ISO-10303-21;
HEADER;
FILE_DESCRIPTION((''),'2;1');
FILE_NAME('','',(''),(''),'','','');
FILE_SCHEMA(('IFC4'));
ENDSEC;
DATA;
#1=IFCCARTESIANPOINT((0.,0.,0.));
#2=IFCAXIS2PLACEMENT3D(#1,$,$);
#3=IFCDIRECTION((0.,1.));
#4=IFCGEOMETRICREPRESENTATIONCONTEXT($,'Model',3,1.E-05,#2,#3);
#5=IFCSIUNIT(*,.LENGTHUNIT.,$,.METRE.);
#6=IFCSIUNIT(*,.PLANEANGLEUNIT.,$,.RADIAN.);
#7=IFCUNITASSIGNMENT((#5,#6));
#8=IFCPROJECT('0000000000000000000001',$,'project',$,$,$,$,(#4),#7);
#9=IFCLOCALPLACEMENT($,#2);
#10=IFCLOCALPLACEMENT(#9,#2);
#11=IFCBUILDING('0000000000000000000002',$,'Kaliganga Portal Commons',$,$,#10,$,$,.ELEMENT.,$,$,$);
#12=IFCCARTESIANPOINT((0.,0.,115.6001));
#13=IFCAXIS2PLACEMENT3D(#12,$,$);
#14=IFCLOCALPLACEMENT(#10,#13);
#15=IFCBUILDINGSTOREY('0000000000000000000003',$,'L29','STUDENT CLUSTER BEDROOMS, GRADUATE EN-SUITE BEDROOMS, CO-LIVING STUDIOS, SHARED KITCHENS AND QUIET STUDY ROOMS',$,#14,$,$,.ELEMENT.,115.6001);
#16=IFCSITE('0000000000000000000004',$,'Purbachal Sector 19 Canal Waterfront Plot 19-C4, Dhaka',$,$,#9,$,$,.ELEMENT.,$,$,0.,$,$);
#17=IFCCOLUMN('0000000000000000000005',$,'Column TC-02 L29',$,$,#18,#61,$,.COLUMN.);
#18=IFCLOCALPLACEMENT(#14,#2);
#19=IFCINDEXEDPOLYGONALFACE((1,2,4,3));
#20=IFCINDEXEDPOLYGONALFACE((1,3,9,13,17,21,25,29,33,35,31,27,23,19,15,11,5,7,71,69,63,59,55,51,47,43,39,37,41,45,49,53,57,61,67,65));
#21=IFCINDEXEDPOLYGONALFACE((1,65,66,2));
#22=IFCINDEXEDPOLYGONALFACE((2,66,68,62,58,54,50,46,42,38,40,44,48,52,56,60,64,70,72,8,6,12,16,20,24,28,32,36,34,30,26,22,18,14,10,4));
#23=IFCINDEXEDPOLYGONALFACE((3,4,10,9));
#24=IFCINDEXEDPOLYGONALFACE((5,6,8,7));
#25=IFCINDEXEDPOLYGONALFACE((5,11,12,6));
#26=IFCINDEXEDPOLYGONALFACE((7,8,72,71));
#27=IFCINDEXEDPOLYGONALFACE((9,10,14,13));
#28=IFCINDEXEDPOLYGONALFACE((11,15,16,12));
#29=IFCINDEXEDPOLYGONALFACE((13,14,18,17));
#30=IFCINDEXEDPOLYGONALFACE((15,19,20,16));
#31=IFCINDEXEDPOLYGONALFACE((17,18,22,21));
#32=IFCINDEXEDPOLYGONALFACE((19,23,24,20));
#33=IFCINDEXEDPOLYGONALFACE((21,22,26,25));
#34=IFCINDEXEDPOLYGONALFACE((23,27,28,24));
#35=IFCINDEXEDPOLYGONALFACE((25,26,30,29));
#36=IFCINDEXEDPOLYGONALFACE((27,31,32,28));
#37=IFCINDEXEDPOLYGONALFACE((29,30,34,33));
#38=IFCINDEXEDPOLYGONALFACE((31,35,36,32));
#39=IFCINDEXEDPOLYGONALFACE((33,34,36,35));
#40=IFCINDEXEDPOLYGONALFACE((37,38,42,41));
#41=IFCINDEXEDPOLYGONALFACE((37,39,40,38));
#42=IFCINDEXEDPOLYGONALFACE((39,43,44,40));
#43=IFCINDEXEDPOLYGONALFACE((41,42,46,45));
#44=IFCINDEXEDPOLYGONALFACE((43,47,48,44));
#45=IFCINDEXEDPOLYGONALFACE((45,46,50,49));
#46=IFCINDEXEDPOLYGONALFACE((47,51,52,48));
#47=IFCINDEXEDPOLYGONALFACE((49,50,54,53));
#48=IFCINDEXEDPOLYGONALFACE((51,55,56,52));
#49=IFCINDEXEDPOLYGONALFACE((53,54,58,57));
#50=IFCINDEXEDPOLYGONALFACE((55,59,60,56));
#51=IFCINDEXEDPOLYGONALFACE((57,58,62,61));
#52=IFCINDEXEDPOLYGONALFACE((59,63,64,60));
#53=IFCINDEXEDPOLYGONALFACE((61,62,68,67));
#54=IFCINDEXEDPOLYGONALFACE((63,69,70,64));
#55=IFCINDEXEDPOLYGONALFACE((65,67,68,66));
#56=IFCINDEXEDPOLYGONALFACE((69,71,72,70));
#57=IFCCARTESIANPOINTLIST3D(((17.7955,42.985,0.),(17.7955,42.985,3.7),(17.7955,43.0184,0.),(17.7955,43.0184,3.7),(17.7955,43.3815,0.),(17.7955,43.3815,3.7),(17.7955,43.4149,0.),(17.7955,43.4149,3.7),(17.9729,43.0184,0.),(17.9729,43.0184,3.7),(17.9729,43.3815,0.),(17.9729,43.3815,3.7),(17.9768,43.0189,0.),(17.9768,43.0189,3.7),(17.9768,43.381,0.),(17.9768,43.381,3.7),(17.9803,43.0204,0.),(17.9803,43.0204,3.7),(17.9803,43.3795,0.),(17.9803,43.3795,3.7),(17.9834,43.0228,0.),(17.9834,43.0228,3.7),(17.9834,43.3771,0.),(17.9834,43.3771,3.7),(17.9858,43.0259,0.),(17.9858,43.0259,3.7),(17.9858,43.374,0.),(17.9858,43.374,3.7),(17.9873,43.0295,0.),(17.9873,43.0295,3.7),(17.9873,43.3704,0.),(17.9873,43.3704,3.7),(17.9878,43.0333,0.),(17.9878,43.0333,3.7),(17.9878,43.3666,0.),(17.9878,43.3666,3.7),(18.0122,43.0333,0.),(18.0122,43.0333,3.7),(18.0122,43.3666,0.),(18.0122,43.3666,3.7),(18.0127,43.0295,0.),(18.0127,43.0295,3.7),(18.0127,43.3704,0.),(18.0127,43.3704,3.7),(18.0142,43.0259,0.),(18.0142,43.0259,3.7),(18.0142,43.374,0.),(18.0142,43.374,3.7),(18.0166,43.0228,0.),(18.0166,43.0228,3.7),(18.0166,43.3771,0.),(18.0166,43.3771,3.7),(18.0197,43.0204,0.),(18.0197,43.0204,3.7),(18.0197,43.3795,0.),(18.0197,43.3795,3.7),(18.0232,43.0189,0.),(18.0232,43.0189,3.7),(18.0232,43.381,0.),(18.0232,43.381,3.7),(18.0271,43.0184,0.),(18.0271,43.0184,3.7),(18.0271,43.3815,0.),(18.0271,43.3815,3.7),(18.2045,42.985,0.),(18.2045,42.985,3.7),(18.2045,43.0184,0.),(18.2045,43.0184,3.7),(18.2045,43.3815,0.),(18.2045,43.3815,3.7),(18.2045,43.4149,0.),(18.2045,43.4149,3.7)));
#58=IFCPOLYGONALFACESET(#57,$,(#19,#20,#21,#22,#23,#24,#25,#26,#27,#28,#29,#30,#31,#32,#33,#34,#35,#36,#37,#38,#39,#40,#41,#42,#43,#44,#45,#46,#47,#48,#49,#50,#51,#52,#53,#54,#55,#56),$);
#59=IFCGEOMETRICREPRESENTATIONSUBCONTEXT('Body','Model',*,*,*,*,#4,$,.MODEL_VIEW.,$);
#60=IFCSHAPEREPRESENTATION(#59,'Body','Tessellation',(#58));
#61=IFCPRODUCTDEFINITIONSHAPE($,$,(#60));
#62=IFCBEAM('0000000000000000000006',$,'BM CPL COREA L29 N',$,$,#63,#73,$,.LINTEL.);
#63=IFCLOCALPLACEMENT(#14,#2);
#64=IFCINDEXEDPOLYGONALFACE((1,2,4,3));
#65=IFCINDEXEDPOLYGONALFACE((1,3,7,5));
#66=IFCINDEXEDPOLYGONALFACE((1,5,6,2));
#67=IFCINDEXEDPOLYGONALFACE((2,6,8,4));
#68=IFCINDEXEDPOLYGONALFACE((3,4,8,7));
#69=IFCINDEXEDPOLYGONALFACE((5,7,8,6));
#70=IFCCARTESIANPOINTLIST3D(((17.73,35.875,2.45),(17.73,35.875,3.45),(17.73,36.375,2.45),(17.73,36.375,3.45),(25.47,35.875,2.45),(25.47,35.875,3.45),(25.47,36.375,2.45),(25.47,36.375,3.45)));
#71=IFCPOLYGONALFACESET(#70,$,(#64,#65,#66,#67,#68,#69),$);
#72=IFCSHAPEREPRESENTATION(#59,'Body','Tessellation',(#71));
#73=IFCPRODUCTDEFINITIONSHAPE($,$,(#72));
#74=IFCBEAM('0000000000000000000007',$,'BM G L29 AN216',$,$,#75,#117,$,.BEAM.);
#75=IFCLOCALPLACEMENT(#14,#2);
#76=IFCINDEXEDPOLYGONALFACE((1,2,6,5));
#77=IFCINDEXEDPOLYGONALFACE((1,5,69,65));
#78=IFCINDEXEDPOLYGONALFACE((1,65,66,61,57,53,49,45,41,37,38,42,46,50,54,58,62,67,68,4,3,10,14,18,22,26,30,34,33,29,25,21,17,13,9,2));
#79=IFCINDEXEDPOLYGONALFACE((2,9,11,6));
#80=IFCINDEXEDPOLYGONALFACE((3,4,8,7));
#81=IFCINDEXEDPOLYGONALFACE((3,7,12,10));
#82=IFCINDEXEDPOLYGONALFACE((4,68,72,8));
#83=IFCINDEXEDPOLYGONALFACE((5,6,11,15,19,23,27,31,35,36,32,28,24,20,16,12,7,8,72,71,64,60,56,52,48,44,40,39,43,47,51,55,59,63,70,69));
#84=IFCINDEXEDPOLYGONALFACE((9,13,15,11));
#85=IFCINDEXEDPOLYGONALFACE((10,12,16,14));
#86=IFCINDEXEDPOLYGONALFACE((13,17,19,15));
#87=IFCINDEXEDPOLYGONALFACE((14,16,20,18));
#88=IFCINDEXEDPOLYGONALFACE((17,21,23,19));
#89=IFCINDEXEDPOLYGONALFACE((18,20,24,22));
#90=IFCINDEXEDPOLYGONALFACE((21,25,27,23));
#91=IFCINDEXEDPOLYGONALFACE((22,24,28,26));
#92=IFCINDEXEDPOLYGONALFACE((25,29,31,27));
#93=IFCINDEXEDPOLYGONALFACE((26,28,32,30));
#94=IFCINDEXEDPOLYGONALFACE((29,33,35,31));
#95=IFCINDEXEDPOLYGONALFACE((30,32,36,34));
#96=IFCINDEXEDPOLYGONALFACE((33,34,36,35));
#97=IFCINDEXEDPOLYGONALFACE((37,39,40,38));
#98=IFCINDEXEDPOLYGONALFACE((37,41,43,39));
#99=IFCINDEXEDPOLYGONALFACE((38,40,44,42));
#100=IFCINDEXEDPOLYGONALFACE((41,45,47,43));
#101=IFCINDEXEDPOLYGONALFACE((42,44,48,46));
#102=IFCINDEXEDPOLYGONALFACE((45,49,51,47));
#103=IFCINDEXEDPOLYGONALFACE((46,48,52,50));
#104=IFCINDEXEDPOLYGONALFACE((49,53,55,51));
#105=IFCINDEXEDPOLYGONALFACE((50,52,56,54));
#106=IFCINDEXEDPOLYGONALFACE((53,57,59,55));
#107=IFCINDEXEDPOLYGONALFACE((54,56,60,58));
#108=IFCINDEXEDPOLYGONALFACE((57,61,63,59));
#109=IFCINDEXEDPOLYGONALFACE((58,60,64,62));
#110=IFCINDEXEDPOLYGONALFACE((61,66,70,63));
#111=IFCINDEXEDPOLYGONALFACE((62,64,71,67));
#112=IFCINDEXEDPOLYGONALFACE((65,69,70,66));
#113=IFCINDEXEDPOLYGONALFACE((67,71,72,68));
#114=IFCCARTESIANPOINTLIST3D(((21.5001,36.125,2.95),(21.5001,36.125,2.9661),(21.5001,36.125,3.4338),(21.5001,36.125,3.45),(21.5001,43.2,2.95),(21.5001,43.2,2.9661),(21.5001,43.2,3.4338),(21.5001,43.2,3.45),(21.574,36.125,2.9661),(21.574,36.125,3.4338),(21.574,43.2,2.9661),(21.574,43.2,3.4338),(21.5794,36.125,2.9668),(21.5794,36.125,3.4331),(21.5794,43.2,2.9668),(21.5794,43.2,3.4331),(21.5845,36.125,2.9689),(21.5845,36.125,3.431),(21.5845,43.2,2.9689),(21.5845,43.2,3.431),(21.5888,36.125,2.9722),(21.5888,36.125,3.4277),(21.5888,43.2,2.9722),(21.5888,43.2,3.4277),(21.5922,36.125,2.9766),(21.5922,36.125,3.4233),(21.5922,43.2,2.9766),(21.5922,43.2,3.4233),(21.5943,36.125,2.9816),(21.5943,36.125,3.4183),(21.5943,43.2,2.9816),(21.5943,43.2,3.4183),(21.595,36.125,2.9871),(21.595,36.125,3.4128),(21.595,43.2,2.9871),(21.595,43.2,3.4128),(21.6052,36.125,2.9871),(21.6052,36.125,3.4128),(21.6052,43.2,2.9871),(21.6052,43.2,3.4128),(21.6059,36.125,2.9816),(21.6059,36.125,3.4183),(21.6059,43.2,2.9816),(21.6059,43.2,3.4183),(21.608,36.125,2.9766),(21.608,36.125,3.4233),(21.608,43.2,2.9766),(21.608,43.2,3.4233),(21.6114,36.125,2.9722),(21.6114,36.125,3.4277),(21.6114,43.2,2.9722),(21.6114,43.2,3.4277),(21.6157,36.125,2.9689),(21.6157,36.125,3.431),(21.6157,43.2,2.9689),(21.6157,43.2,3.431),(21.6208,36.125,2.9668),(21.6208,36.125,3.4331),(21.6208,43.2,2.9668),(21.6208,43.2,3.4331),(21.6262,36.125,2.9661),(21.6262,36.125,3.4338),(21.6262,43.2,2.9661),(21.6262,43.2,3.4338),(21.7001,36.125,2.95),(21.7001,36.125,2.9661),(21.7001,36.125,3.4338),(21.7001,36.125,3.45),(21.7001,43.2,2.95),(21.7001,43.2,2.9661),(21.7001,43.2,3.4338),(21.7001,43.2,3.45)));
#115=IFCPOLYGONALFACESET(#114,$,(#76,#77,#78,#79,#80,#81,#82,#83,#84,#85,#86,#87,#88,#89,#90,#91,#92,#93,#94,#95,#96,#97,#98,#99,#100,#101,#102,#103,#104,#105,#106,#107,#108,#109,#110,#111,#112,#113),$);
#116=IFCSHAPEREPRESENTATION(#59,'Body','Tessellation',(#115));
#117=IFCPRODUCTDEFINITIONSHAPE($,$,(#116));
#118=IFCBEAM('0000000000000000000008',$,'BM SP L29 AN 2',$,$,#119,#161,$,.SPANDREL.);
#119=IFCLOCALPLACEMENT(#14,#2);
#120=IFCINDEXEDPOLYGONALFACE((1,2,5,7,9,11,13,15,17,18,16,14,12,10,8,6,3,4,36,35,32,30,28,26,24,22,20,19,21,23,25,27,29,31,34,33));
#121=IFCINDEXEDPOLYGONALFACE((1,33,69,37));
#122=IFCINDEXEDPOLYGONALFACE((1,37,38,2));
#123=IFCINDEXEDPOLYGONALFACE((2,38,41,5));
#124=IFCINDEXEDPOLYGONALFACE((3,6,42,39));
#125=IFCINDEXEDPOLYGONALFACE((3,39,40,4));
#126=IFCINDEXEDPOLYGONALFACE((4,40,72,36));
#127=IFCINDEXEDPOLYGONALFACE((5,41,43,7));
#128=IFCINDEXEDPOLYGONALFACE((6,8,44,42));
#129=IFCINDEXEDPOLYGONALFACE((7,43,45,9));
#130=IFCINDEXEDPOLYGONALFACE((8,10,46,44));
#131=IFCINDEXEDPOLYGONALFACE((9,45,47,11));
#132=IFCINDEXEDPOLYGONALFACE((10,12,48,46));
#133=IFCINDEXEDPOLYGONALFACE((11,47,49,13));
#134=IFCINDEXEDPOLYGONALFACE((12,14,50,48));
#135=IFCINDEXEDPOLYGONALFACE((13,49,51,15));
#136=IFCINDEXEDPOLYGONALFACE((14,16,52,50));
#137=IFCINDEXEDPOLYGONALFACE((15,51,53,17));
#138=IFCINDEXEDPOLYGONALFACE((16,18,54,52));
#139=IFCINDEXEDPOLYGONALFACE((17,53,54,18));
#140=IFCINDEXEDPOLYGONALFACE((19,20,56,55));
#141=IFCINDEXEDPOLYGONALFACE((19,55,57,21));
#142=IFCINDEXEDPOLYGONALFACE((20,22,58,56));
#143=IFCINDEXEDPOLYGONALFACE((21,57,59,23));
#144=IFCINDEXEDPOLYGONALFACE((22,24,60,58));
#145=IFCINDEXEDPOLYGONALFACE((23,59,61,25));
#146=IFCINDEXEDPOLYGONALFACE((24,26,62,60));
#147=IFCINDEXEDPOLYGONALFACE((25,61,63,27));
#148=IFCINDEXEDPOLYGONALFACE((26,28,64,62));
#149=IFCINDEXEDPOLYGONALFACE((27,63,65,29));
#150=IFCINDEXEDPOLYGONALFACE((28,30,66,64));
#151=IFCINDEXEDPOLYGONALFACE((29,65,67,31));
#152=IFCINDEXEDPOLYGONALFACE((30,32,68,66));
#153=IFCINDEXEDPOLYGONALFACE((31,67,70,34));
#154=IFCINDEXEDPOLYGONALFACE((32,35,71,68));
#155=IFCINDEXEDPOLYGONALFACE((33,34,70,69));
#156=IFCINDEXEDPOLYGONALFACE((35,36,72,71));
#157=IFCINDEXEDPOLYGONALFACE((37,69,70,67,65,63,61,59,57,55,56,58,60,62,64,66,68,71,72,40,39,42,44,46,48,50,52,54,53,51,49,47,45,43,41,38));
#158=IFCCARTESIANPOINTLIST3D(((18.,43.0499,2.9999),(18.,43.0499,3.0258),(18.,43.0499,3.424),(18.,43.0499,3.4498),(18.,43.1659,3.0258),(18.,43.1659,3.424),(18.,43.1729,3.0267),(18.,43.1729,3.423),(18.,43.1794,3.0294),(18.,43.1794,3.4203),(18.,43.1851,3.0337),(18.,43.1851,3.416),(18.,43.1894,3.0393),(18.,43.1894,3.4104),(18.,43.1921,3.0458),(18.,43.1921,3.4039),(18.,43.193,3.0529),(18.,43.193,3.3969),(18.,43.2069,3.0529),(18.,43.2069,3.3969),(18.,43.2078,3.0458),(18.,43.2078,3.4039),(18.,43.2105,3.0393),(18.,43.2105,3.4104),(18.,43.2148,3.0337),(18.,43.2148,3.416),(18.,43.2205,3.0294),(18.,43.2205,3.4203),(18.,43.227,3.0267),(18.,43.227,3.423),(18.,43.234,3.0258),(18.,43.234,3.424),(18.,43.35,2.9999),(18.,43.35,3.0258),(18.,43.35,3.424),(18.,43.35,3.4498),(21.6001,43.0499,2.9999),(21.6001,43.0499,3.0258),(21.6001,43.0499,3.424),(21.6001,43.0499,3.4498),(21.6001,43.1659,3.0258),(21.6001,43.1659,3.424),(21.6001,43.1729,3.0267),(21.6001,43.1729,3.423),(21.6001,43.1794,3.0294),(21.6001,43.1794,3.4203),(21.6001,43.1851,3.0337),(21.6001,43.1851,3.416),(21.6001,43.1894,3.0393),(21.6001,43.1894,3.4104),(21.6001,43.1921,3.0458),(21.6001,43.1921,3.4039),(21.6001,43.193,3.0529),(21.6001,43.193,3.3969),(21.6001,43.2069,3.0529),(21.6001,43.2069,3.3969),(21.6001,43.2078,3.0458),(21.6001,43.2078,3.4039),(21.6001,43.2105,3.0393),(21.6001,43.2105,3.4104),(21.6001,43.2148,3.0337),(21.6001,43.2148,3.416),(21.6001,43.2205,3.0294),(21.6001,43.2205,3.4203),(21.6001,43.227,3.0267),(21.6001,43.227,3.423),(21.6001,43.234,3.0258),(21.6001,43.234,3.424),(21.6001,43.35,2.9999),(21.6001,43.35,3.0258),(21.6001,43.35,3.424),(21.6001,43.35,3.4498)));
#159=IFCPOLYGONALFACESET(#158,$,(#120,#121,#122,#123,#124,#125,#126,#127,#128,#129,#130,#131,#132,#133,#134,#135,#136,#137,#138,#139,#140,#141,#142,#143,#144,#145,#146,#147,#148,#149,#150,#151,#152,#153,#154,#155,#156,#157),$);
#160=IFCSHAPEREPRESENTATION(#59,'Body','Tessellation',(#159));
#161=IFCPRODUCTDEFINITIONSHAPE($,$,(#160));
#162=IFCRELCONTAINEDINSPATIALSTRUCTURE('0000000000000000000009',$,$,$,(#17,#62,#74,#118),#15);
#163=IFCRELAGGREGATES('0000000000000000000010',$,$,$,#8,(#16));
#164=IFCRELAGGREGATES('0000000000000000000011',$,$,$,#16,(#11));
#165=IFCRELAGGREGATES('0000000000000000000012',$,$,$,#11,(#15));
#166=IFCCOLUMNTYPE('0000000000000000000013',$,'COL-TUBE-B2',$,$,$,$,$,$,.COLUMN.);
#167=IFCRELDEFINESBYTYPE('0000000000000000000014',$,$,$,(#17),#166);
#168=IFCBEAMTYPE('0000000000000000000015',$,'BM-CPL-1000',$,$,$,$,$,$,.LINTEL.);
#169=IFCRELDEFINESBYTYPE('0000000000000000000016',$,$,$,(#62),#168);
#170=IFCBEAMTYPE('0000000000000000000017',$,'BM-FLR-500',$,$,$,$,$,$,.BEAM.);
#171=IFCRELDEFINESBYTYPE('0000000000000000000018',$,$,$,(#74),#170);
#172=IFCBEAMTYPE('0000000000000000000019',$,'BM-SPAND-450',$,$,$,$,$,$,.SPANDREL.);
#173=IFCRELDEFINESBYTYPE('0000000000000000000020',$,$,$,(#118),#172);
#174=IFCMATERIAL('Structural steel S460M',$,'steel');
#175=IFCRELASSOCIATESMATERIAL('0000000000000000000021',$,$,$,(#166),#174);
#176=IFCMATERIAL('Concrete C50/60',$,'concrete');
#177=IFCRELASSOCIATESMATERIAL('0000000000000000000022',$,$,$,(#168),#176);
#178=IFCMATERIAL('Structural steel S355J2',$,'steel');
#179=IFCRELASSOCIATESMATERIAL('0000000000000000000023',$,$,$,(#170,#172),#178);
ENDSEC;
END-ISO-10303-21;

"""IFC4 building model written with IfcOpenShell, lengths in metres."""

from ifc_helpers import new_model, si_unit, direction, frame, origin, origin_2d, place, context, subcontext, project, spatial, rectangle, i_section, extrude, source, transform, mapped, material, material_profile, profile_set, type_object, element, save


model = new_model("IFC4")

# Units and contexts
model_context = context("Model", 3, precision=1e-05, world=origin(), true_north=direction((0.0, 1.0)))
body_context = subcontext(model_context, "Body", "Model", "MODEL_VIEW")
ifc_project = project(units=[si_unit("LENGTHUNIT", "METRE"), si_unit("PLANEANGLEUNIT", "RADIAN")], contexts=[model_context])

# Site, building, storey
site_placement = place(None, origin())
site = spatial("IfcSite", under=ifc_project, at=site_placement, Name="Purbachal Sector 19 Canal Waterfront Plot 19-C4, Dhaka", CompositionType="ELEMENT", RefElevation=0.0)
building_placement = place(site_placement, origin())
building = spatial("IfcBuilding", under=site, at=building_placement, Name="Kaliganga Portal Commons", CompositionType="ELEMENT")
storey_placement = place(building_placement, frame((0.0, 0.0, 115.6001)))
storey = spatial("IfcBuildingStorey", under=building, at=storey_placement, Name="L29", Description="STUDENT CLUSTER BEDROOMS, GRADUATE EN-SUITE BEDROOMS, CO-LIVING STUDIOS, SHARED KITCHENS AND QUIET STUDY ROOMS", CompositionType="ELEMENT", Elevation=115.6001)

# Column
ifc_material_1 = material(Name="Structural steel S460M", Category="steel")
ifc_material_profile_1 = material_profile(ifc_material_1, i_section(OverallWidth=0.4089, OverallDepth=0.4299, WebThickness=0.0244, FlangeThickness=0.0334, FilletRadius=0.0149, at=origin_2d()), Name="HD 400x421")
ifc_profile_set_1 = profile_set([ifc_material_profile_1], Name="Structural steel S460M wide-flange")
column_type = type_object("IfcColumnType", Name="COL-TUBE-B2", PredefinedType="COLUMN", material=ifc_profile_set_1)
shared_shape_1 = source(origin(), body_context, "Body", "SweptSolid", [
    extrude(i_section(OverallWidth=0.4089, OverallDepth=0.4299, WebThickness=0.0244, FlangeThickness=0.0334, FilletRadius=0.0149, at=origin_2d()), origin(), (0.0, 0.0, 1.0), 3.7),
])
column_placement = place(storey_placement, frame((18.0, 43.2, 0.0), z_axis=(0.0, 0.0, 1.0), x_axis=(1.0, 0.0, 0.0)))
element("IfcColumn", 1, at=column_placement, inside=storey, type_object=column_type, Name="Column TC-02 L29", PredefinedType="COLUMN", context=body_context, shape_type="MappedRepresentation", body=[
    mapped(shared_shape_1, transform((0.0, 0.0, 0.0), x_axis=(1.0, 0.0, 0.0), y_axis=(0.0, 1.0, 0.0), z_axis=(0.0, 0.0, 1.0), scale=1.0)),
])

# Beams
ifc_material_2 = material(Name="Concrete C50/60", Category="concrete")
ifc_material_profile_2 = material_profile(ifc_material_2, rectangle(XDim=0.5, YDim=1.0, at=origin_2d()), Name="RC 500x1000")
ifc_profile_set_2 = profile_set([ifc_material_profile_2], Name="Concrete C50/60")
beam_type_1 = type_object("IfcBeamType", Name="BM-CPL-1000", PredefinedType="LINTEL", material=ifc_profile_set_2)
shared_shape_2 = source(origin(), body_context, "Body", "SweptSolid", [
    extrude(rectangle(XDim=0.5, YDim=1.0, at=origin_2d()), origin(), (0.0, 0.0, 1.0), 7.74),
])
beam_1_placement = place(storey_placement, frame((17.73, 36.125, 2.95), z_axis=(1.0, 0.0, 0.0), x_axis=(0.0, 1.0, 0.0)))
element("IfcBeam", 2, at=beam_1_placement, inside=storey, type_object=beam_type_1, Name="BM CPL COREA L29 N", PredefinedType="LINTEL", context=body_context, shape_type="MappedRepresentation", body=[
    mapped(shared_shape_2, transform((0.0, 0.0, 0.0), x_axis=(1.0, 0.0, 0.0), y_axis=(0.0, 1.0, 0.0), z_axis=(0.0, 0.0, 1.0), scale=1.0)),
])
ifc_material_3 = material(Name="Structural steel S355J2", Category="steel")
ifc_material_profile_3 = material_profile(ifc_material_3, i_section(OverallWidth=0.2, OverallDepth=0.5, WebThickness=0.0103, FlangeThickness=0.0161, FilletRadius=0.021, at=origin_2d()), Name="IPE 500")
ifc_profile_set_3 = profile_set([ifc_material_profile_3], Name="Structural steel S355J2 wide-flange")
beam_type_2 = type_object("IfcBeamType", Name="BM-FLR-500", PredefinedType="BEAM", material=ifc_profile_set_3)
shared_shape_3 = source(origin(), body_context, "Body", "SweptSolid", [
    extrude(i_section(OverallWidth=0.2, OverallDepth=0.5, WebThickness=0.0103, FlangeThickness=0.0161, FilletRadius=0.021, at=origin_2d()), origin(), (0.0, 0.0, 1.0), 7.075),
])
beam_2_placement = place(storey_placement, frame((21.6001, 36.125, 3.2), z_axis=(0.0, 1.0, 0.0), x_axis=(-1.0, 0.0, 0.0)))
element("IfcBeam", 3, at=beam_2_placement, inside=storey, type_object=beam_type_2, Name="BM G L29 AN216", PredefinedType="BEAM", context=body_context, shape_type="MappedRepresentation", body=[
    mapped(shared_shape_3, transform((0.0, 0.0, 0.0), x_axis=(1.0, 0.0, 0.0), y_axis=(0.0, 1.0, 0.0), z_axis=(0.0, 0.0, 1.0), scale=1.0)),
])
ifc_material_profile_4 = material_profile(ifc_material_3, i_section(OverallWidth=0.3, OverallDepth=0.45, WebThickness=0.0139, FlangeThickness=0.0259, FilletRadius=0.0271, at=origin_2d()), Name="HE 450 B")
ifc_profile_set_4 = profile_set([ifc_material_profile_4], Name="Structural steel S355J2 wide-flange")
beam_type_3 = type_object("IfcBeamType", Name="BM-SPAND-450", PredefinedType="SPANDREL", material=ifc_profile_set_4)
shared_shape_4 = source(origin(), body_context, "Body", "SweptSolid", [
    extrude(i_section(OverallWidth=0.3, OverallDepth=0.45, WebThickness=0.0139, FlangeThickness=0.0259, FilletRadius=0.0271, at=origin_2d()), origin(), (0.0, 0.0, 1.0), 3.6001),
])
beam_3_placement = place(storey_placement, frame((18.0, 43.2, 3.2249), z_axis=(1.0, 0.0, 0.0), x_axis=(0.0, 1.0, 0.0)))
element("IfcBeam", 4, at=beam_3_placement, inside=storey, type_object=beam_type_3, Name="BM SP L29 AN 2", PredefinedType="SPANDREL", context=body_context, shape_type="MappedRepresentation", body=[
    mapped(shared_shape_4, transform((0.0, 0.0, 0.0), x_axis=(1.0, 0.0, 0.0), y_axis=(0.0, 1.0, 0.0), z_axis=(0.0, 0.0, 1.0), scale=1.0)),
])

save(model, "model.ifc")
